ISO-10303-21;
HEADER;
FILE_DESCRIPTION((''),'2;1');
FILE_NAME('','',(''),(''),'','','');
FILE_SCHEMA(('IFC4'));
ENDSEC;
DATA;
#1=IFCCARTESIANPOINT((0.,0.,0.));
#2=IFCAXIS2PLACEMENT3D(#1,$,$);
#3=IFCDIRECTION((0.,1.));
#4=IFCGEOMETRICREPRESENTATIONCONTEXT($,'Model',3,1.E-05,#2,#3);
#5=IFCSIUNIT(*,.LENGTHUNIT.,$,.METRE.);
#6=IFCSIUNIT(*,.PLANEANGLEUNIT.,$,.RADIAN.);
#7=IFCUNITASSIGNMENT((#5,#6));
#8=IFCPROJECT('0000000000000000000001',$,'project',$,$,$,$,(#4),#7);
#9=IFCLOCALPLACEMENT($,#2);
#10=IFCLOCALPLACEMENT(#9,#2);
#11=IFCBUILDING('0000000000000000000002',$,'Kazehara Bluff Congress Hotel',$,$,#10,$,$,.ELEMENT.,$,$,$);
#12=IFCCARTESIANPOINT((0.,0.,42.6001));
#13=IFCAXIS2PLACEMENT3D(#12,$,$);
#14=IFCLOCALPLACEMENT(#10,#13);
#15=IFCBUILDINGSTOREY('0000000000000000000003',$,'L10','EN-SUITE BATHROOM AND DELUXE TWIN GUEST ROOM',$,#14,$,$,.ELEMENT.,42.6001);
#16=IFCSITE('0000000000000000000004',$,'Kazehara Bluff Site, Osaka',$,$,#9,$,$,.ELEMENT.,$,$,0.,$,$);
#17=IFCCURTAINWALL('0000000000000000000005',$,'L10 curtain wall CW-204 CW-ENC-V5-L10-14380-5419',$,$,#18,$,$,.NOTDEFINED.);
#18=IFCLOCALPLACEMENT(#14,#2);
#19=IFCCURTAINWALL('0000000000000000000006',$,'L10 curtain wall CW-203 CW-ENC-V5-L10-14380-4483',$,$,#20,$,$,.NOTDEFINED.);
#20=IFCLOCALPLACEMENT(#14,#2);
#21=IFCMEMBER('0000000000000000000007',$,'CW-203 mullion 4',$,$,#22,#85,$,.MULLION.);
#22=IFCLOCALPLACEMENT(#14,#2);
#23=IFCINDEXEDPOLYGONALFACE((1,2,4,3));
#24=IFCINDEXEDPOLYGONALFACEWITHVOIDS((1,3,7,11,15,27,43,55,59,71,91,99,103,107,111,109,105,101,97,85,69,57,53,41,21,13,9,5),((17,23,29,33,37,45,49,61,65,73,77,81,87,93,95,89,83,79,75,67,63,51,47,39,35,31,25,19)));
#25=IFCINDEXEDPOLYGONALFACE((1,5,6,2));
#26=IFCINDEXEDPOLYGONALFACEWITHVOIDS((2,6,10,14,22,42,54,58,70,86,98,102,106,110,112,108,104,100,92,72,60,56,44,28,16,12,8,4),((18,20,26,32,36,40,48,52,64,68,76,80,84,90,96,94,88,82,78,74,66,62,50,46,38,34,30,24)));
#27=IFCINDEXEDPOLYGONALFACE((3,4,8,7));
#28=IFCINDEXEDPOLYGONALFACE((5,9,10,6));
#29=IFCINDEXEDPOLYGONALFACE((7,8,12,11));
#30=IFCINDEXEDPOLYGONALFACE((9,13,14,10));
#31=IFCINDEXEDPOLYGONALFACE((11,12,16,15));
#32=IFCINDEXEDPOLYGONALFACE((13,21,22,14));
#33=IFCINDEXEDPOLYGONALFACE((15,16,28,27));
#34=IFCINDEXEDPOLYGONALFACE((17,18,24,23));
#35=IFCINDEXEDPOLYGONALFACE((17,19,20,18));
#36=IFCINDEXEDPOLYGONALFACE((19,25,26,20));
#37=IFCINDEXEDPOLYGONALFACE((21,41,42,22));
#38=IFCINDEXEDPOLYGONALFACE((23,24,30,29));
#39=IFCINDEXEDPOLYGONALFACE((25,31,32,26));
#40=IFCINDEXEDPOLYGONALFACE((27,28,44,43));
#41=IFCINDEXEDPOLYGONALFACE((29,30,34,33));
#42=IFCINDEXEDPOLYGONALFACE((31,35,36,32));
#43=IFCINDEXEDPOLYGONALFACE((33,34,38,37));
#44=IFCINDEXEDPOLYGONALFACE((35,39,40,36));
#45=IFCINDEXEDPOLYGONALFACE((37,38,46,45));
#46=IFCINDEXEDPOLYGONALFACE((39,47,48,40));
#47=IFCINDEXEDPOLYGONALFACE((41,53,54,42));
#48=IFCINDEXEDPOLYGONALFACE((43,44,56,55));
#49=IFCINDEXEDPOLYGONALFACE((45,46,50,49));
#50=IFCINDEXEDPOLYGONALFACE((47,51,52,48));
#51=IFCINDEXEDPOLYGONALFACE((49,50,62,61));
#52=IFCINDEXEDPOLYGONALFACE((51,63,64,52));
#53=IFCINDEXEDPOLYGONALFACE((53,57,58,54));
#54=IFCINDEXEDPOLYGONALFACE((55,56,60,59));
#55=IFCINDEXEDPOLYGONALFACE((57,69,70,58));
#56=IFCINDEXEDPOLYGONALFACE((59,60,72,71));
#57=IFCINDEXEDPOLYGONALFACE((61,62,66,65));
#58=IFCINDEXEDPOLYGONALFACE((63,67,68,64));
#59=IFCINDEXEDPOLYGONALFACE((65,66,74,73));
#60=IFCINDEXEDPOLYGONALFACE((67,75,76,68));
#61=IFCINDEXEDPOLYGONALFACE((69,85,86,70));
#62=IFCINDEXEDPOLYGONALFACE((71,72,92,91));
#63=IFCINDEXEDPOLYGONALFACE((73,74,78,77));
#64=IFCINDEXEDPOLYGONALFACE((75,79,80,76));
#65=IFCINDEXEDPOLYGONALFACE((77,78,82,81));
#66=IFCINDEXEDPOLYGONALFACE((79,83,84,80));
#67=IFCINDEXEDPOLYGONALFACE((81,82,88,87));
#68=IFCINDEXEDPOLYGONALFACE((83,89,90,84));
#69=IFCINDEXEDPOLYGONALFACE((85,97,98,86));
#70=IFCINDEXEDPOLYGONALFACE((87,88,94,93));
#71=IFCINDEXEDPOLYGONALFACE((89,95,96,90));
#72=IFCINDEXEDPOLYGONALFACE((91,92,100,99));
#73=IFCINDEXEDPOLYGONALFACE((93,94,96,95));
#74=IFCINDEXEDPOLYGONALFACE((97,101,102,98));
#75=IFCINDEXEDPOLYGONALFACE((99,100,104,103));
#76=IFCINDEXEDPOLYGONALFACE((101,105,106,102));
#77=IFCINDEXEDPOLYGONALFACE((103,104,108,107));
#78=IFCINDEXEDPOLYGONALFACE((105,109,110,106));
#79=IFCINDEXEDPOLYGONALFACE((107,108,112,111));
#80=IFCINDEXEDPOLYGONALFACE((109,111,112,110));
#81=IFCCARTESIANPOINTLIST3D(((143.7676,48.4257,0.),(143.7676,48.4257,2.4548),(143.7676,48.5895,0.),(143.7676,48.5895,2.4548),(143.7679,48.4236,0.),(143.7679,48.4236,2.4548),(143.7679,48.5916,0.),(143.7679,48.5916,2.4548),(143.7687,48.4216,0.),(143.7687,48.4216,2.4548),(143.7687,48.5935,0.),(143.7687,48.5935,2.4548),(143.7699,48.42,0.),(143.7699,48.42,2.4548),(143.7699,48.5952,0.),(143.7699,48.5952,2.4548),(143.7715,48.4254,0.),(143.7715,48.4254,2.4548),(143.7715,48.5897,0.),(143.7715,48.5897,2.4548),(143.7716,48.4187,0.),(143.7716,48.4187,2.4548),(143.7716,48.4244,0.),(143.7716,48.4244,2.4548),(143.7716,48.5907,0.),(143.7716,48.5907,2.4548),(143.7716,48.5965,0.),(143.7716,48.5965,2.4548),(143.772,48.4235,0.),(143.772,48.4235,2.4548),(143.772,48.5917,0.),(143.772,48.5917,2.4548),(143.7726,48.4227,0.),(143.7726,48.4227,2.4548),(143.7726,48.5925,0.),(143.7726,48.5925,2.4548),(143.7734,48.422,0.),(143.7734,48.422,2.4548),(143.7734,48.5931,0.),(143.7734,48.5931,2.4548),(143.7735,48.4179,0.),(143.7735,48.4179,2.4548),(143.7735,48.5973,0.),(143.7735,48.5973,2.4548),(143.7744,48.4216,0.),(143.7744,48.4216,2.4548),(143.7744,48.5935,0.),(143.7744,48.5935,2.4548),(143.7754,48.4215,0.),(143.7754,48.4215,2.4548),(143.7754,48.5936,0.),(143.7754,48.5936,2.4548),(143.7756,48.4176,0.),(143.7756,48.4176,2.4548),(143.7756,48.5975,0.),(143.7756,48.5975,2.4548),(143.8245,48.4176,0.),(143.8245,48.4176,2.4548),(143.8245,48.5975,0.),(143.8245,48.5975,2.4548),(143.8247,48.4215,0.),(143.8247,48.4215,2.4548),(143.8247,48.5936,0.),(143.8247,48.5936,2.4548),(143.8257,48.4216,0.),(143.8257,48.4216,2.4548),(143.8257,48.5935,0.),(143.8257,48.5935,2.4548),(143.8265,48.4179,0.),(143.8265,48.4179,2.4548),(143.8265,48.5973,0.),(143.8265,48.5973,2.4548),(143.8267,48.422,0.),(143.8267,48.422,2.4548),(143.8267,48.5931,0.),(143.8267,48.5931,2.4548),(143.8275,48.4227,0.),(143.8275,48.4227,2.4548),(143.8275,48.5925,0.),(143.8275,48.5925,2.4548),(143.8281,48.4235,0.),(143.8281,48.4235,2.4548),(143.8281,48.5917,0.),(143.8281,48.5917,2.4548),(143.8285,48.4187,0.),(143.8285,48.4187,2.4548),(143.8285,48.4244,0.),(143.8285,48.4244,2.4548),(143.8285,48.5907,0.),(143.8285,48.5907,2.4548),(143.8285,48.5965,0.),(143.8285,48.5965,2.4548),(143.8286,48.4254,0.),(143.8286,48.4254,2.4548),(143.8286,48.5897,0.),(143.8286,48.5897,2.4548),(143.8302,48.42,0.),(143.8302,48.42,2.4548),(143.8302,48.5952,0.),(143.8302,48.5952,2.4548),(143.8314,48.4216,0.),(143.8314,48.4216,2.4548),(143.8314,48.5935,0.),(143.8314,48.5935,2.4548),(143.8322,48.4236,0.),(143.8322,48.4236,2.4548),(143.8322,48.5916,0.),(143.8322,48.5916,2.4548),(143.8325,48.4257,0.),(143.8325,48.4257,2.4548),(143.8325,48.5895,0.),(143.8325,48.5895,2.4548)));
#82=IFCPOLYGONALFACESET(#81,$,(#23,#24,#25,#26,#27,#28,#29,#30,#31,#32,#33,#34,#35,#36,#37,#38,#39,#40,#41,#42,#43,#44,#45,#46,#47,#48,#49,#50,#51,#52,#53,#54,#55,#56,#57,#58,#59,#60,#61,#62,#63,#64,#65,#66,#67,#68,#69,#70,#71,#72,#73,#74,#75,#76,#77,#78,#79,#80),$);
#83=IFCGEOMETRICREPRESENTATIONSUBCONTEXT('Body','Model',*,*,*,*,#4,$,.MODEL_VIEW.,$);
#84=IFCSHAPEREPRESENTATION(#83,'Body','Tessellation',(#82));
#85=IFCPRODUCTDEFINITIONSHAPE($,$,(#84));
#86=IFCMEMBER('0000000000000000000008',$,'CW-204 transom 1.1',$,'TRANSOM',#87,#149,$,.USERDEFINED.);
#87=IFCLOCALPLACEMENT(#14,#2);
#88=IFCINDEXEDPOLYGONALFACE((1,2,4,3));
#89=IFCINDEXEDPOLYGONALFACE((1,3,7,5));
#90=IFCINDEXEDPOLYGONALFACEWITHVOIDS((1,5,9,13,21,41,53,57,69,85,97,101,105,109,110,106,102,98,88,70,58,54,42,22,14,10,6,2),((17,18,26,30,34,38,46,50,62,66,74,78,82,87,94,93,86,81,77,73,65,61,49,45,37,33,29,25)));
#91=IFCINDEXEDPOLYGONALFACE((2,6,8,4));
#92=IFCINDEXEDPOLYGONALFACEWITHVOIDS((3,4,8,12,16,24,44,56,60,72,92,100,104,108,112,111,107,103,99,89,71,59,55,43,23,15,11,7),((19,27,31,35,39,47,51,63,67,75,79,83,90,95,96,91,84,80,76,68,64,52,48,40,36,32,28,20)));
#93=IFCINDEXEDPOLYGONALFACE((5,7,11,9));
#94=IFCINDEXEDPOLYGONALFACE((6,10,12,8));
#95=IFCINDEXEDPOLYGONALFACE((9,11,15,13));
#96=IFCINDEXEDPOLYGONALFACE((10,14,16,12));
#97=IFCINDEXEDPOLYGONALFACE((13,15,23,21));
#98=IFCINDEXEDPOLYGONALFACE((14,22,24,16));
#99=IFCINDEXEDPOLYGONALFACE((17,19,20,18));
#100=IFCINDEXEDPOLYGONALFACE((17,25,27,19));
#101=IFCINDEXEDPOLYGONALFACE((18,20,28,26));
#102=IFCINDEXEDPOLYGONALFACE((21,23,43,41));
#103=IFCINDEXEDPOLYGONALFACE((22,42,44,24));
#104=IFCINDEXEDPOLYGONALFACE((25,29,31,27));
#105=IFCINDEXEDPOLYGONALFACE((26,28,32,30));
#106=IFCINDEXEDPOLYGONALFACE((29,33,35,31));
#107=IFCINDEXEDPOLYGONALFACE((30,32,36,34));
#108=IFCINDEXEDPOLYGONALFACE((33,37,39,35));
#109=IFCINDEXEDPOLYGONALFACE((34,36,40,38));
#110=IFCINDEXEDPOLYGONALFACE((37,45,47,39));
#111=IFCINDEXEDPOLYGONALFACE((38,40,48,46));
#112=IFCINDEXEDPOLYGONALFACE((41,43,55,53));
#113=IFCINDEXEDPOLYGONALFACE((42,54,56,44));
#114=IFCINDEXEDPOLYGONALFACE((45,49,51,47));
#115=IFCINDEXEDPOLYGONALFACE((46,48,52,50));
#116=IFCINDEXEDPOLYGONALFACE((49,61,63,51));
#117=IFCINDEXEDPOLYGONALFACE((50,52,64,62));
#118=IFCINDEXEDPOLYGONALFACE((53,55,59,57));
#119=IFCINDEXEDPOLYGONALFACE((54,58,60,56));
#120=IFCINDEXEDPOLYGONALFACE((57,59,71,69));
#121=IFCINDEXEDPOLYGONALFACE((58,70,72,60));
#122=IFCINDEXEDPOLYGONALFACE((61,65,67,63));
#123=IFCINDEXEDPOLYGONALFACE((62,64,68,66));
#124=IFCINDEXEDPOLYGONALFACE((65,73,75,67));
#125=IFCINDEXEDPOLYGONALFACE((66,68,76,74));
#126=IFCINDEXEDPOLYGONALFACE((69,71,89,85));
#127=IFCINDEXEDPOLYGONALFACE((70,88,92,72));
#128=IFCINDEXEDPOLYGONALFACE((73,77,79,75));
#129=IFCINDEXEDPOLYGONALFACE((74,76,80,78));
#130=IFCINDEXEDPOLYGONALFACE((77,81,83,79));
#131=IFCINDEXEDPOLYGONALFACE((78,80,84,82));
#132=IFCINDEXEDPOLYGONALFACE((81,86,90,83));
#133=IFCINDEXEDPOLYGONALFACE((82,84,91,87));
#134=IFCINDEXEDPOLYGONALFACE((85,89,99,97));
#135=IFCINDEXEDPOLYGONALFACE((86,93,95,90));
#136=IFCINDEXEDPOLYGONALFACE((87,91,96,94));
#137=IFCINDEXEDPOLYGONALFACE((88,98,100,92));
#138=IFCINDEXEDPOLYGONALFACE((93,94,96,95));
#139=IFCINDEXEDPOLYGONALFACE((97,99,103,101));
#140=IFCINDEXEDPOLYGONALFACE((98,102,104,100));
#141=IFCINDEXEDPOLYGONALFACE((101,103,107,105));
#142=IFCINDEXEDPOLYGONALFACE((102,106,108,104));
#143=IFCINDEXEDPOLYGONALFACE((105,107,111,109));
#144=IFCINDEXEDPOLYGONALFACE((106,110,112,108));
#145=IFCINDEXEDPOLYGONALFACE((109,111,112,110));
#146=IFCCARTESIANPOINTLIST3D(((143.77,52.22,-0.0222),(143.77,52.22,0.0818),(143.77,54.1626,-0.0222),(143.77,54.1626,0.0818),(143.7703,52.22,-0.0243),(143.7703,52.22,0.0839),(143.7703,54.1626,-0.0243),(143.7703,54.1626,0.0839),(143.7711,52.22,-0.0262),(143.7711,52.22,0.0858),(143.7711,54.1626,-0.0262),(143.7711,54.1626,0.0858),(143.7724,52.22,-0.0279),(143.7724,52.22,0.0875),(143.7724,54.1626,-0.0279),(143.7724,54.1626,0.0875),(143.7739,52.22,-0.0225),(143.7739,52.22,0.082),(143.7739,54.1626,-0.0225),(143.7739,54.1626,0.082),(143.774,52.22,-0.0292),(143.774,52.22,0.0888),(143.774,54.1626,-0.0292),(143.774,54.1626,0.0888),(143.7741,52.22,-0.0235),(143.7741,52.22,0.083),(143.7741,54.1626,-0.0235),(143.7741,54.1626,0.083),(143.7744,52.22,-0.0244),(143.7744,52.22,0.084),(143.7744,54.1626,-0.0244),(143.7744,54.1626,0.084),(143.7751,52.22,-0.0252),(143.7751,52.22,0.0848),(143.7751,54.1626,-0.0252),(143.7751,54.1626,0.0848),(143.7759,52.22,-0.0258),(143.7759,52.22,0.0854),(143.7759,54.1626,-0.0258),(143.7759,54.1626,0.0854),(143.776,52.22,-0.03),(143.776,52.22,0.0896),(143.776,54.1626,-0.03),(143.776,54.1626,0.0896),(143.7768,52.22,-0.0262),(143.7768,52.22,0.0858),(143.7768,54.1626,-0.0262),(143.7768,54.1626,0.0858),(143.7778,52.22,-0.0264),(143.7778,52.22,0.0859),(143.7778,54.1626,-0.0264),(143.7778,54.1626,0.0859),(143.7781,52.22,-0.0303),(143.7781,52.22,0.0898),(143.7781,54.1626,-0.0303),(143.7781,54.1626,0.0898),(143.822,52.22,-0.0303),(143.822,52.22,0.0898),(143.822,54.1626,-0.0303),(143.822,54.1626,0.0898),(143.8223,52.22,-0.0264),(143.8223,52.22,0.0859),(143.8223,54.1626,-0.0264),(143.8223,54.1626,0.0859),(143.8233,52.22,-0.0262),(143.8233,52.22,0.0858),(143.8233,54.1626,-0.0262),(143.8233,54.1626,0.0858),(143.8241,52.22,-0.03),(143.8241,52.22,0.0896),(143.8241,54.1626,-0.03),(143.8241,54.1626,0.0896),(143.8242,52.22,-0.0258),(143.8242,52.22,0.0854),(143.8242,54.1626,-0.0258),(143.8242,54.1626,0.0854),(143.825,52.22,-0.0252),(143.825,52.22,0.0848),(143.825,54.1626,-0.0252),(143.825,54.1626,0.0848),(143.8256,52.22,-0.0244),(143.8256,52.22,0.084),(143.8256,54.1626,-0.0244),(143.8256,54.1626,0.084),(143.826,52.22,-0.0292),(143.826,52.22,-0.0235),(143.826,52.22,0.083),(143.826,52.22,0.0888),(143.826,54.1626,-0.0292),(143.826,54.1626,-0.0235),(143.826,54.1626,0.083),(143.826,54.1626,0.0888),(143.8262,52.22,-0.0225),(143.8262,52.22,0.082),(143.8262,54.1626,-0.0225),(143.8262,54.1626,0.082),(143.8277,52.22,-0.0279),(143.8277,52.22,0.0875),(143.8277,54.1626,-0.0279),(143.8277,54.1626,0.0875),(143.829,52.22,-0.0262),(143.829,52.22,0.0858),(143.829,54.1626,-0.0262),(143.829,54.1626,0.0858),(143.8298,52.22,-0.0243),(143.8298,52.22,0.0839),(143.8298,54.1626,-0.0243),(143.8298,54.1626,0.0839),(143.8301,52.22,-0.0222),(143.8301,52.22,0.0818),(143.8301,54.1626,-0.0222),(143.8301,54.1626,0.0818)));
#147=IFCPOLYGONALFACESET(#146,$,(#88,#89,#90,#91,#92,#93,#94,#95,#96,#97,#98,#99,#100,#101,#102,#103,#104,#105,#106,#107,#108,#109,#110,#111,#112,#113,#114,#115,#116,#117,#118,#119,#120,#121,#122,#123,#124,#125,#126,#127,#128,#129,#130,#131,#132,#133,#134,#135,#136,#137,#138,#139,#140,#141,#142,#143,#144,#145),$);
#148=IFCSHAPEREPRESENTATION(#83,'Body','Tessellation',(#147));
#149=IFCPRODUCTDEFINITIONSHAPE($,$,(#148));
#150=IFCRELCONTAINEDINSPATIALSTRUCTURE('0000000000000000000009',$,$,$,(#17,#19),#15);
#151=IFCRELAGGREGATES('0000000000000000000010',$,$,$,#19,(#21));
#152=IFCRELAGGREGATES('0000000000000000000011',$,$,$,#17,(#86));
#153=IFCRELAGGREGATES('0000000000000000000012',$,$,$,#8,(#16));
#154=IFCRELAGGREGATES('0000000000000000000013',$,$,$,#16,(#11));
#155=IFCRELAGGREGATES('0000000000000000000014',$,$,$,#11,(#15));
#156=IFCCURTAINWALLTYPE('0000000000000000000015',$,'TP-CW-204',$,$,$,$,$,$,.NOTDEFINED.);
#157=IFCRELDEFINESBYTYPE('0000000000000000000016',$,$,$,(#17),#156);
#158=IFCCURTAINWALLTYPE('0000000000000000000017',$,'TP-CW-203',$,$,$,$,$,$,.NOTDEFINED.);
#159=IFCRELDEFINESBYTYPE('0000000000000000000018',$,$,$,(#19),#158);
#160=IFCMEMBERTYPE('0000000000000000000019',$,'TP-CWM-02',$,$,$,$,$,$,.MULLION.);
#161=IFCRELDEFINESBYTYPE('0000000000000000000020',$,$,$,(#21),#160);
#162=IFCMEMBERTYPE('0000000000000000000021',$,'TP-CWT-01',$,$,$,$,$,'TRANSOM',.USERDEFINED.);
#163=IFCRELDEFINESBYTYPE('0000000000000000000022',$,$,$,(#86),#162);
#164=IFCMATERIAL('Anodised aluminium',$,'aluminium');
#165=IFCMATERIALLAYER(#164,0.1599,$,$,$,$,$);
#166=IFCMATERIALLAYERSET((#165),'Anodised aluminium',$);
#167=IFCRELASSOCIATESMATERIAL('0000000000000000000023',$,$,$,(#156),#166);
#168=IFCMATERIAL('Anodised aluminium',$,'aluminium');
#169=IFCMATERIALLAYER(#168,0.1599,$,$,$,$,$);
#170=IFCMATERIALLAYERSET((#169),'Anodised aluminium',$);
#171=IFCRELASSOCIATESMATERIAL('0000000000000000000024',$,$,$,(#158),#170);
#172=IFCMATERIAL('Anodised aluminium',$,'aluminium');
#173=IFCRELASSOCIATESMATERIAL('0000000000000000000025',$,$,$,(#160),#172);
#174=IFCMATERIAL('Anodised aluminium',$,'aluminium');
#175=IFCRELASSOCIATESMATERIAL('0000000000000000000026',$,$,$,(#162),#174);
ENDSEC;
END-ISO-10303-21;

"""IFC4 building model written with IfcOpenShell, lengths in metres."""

from ifc_helpers import new_model, si_unit, direction, frame, origin, origin_2d, place, context, subcontext, project, spatial, hollow_rectangle, extrude, material, layer, layer_set, material_profile, profile_set, type_object, element, aggregate, save


model = new_model("IFC4")

# Units and contexts
model_context = context("Model", 3, precision=1e-05, world=origin(), true_north=direction((0.0, 1.0)))
body_context = subcontext(model_context, "Body", "Model", "MODEL_VIEW")
ifc_project = project(units=[si_unit("LENGTHUNIT", "METRE"), si_unit("PLANEANGLEUNIT", "RADIAN")], contexts=[model_context])

# Site, building, storey
site_placement = place(None, origin())
site = spatial("IfcSite", under=ifc_project, at=site_placement, Name="Kazehara Bluff Site, Osaka", CompositionType="ELEMENT", RefElevation=0.0)
building_placement = place(site_placement, origin())
building = spatial("IfcBuilding", under=site, at=building_placement, Name="Kazehara Bluff Congress Hotel", CompositionType="ELEMENT")
storey_placement = place(building_placement, frame((0.0, 0.0, 42.6001)))
storey = spatial("IfcBuildingStorey", under=building, at=storey_placement, Name="L10", Description="EN-SUITE BATHROOM AND DELUXE TWIN GUEST ROOM", CompositionType="ELEMENT", Elevation=42.6001)

# Curtain wall
ifc_material_1 = material(Name="Anodised aluminium", Category="aluminium")
ifc_layer_1 = layer(ifc_material_1, 0.1599)
ifc_layer_set_1 = layer_set([ifc_layer_1], Name="Anodised aluminium")
curtain_wall_type_1 = type_object("IfcCurtainWallType", Name="TP-CW-204", PredefinedType="NOTDEFINED", material=ifc_layer_set_1)
curtain_wall_1_placement = place(storey_placement, origin())
curtain_wall_1 = element("IfcCurtainWall", 1, at=curtain_wall_1_placement, inside=storey, type_object=curtain_wall_type_1, Name="L10 curtain wall CW-204 CW-ENC-V5-L10-14380-5419", PredefinedType="NOTDEFINED")

# Curtain wall, member
ifc_material_2 = material(Name="Anodised aluminium", Category="aluminium")
ifc_layer_2 = layer(ifc_material_2, 0.1599)
ifc_layer_set_2 = layer_set([ifc_layer_2], Name="Anodised aluminium")
curtain_wall_type_2 = type_object("IfcCurtainWallType", Name="TP-CW-203", PredefinedType="NOTDEFINED", material=ifc_layer_set_2)
curtain_wall_2_placement = place(storey_placement, origin())
curtain_wall_2 = element("IfcCurtainWall", 2, at=curtain_wall_2_placement, inside=storey, type_object=curtain_wall_type_2, Name="L10 curtain wall CW-203 CW-ENC-V5-L10-14380-4483", PredefinedType="NOTDEFINED")
ifc_material_3 = material(Name="Anodised aluminium", Category="aluminium")
ifc_material_profile_1 = material_profile(ifc_material_3, hollow_rectangle(XDim=0.0649, YDim=0.1799, WallThickness=0.0039, InnerFilletRadius=0.0039, OuterFilletRadius=0.0081, at=origin_2d()))
ifc_profile_set_1 = profile_set([ifc_material_profile_1], Name="Anodised aluminium")
member_type_1 = type_object("IfcMemberType", Name="TP-CWM-02", PredefinedType="MULLION", material=ifc_profile_set_1)
member_1_placement = place(storey_placement, frame((143.8, 48.5076, 0.0), z_axis=(0.0, 0.0, 1.0), x_axis=(-1.0, 0.0, 0.0)))
member_1 = element("IfcMember", 3, at=member_1_placement, type_object=member_type_1, Name="CW-203 mullion 4", PredefinedType="MULLION", context=body_context, shape_type="SweptSolid", body=[
    extrude(hollow_rectangle(XDim=0.0649, YDim=0.1799, WallThickness=0.0039, InnerFilletRadius=0.0039, OuterFilletRadius=0.0081, at=origin_2d()), origin(), (0.0, 0.0, 1.0), 2.4548),
])
aggregate(curtain_wall_2, [member_1])

# Member
ifc_material_4 = material(Name="Anodised aluminium", Category="aluminium")
ifc_material_profile_2 = material_profile(ifc_material_4, hollow_rectangle(XDim=0.0601, YDim=0.1201, WallThickness=0.0039, InnerFilletRadius=0.0039, OuterFilletRadius=0.0081, at=origin_2d()))
ifc_profile_set_2 = profile_set([ifc_material_profile_2], Name="Anodised aluminium")
member_type_2 = type_object("IfcMemberType", Name="TP-CWT-01", ElementType="TRANSOM", PredefinedType="USERDEFINED", material=ifc_profile_set_2)
member_2_placement = place(storey_placement, frame((143.8, 52.22, 0.0298), z_axis=(0.0, 1.0, 0.0), x_axis=(-1.0, 0.0, 0.0)))
member_2 = element("IfcMember", 4, at=member_2_placement, type_object=member_type_2, Name="CW-204 transom 1.1", ObjectType="TRANSOM", PredefinedType="USERDEFINED", context=body_context, shape_type="SweptSolid", body=[
    extrude(hollow_rectangle(XDim=0.0601, YDim=0.1201, WallThickness=0.0039, InnerFilletRadius=0.0039, OuterFilletRadius=0.0081, at=origin_2d()), origin(), (0.0, 0.0, 1.0), 1.9426),
])

aggregate(curtain_wall_1, [member_2])

save(model, "model.ifc")
